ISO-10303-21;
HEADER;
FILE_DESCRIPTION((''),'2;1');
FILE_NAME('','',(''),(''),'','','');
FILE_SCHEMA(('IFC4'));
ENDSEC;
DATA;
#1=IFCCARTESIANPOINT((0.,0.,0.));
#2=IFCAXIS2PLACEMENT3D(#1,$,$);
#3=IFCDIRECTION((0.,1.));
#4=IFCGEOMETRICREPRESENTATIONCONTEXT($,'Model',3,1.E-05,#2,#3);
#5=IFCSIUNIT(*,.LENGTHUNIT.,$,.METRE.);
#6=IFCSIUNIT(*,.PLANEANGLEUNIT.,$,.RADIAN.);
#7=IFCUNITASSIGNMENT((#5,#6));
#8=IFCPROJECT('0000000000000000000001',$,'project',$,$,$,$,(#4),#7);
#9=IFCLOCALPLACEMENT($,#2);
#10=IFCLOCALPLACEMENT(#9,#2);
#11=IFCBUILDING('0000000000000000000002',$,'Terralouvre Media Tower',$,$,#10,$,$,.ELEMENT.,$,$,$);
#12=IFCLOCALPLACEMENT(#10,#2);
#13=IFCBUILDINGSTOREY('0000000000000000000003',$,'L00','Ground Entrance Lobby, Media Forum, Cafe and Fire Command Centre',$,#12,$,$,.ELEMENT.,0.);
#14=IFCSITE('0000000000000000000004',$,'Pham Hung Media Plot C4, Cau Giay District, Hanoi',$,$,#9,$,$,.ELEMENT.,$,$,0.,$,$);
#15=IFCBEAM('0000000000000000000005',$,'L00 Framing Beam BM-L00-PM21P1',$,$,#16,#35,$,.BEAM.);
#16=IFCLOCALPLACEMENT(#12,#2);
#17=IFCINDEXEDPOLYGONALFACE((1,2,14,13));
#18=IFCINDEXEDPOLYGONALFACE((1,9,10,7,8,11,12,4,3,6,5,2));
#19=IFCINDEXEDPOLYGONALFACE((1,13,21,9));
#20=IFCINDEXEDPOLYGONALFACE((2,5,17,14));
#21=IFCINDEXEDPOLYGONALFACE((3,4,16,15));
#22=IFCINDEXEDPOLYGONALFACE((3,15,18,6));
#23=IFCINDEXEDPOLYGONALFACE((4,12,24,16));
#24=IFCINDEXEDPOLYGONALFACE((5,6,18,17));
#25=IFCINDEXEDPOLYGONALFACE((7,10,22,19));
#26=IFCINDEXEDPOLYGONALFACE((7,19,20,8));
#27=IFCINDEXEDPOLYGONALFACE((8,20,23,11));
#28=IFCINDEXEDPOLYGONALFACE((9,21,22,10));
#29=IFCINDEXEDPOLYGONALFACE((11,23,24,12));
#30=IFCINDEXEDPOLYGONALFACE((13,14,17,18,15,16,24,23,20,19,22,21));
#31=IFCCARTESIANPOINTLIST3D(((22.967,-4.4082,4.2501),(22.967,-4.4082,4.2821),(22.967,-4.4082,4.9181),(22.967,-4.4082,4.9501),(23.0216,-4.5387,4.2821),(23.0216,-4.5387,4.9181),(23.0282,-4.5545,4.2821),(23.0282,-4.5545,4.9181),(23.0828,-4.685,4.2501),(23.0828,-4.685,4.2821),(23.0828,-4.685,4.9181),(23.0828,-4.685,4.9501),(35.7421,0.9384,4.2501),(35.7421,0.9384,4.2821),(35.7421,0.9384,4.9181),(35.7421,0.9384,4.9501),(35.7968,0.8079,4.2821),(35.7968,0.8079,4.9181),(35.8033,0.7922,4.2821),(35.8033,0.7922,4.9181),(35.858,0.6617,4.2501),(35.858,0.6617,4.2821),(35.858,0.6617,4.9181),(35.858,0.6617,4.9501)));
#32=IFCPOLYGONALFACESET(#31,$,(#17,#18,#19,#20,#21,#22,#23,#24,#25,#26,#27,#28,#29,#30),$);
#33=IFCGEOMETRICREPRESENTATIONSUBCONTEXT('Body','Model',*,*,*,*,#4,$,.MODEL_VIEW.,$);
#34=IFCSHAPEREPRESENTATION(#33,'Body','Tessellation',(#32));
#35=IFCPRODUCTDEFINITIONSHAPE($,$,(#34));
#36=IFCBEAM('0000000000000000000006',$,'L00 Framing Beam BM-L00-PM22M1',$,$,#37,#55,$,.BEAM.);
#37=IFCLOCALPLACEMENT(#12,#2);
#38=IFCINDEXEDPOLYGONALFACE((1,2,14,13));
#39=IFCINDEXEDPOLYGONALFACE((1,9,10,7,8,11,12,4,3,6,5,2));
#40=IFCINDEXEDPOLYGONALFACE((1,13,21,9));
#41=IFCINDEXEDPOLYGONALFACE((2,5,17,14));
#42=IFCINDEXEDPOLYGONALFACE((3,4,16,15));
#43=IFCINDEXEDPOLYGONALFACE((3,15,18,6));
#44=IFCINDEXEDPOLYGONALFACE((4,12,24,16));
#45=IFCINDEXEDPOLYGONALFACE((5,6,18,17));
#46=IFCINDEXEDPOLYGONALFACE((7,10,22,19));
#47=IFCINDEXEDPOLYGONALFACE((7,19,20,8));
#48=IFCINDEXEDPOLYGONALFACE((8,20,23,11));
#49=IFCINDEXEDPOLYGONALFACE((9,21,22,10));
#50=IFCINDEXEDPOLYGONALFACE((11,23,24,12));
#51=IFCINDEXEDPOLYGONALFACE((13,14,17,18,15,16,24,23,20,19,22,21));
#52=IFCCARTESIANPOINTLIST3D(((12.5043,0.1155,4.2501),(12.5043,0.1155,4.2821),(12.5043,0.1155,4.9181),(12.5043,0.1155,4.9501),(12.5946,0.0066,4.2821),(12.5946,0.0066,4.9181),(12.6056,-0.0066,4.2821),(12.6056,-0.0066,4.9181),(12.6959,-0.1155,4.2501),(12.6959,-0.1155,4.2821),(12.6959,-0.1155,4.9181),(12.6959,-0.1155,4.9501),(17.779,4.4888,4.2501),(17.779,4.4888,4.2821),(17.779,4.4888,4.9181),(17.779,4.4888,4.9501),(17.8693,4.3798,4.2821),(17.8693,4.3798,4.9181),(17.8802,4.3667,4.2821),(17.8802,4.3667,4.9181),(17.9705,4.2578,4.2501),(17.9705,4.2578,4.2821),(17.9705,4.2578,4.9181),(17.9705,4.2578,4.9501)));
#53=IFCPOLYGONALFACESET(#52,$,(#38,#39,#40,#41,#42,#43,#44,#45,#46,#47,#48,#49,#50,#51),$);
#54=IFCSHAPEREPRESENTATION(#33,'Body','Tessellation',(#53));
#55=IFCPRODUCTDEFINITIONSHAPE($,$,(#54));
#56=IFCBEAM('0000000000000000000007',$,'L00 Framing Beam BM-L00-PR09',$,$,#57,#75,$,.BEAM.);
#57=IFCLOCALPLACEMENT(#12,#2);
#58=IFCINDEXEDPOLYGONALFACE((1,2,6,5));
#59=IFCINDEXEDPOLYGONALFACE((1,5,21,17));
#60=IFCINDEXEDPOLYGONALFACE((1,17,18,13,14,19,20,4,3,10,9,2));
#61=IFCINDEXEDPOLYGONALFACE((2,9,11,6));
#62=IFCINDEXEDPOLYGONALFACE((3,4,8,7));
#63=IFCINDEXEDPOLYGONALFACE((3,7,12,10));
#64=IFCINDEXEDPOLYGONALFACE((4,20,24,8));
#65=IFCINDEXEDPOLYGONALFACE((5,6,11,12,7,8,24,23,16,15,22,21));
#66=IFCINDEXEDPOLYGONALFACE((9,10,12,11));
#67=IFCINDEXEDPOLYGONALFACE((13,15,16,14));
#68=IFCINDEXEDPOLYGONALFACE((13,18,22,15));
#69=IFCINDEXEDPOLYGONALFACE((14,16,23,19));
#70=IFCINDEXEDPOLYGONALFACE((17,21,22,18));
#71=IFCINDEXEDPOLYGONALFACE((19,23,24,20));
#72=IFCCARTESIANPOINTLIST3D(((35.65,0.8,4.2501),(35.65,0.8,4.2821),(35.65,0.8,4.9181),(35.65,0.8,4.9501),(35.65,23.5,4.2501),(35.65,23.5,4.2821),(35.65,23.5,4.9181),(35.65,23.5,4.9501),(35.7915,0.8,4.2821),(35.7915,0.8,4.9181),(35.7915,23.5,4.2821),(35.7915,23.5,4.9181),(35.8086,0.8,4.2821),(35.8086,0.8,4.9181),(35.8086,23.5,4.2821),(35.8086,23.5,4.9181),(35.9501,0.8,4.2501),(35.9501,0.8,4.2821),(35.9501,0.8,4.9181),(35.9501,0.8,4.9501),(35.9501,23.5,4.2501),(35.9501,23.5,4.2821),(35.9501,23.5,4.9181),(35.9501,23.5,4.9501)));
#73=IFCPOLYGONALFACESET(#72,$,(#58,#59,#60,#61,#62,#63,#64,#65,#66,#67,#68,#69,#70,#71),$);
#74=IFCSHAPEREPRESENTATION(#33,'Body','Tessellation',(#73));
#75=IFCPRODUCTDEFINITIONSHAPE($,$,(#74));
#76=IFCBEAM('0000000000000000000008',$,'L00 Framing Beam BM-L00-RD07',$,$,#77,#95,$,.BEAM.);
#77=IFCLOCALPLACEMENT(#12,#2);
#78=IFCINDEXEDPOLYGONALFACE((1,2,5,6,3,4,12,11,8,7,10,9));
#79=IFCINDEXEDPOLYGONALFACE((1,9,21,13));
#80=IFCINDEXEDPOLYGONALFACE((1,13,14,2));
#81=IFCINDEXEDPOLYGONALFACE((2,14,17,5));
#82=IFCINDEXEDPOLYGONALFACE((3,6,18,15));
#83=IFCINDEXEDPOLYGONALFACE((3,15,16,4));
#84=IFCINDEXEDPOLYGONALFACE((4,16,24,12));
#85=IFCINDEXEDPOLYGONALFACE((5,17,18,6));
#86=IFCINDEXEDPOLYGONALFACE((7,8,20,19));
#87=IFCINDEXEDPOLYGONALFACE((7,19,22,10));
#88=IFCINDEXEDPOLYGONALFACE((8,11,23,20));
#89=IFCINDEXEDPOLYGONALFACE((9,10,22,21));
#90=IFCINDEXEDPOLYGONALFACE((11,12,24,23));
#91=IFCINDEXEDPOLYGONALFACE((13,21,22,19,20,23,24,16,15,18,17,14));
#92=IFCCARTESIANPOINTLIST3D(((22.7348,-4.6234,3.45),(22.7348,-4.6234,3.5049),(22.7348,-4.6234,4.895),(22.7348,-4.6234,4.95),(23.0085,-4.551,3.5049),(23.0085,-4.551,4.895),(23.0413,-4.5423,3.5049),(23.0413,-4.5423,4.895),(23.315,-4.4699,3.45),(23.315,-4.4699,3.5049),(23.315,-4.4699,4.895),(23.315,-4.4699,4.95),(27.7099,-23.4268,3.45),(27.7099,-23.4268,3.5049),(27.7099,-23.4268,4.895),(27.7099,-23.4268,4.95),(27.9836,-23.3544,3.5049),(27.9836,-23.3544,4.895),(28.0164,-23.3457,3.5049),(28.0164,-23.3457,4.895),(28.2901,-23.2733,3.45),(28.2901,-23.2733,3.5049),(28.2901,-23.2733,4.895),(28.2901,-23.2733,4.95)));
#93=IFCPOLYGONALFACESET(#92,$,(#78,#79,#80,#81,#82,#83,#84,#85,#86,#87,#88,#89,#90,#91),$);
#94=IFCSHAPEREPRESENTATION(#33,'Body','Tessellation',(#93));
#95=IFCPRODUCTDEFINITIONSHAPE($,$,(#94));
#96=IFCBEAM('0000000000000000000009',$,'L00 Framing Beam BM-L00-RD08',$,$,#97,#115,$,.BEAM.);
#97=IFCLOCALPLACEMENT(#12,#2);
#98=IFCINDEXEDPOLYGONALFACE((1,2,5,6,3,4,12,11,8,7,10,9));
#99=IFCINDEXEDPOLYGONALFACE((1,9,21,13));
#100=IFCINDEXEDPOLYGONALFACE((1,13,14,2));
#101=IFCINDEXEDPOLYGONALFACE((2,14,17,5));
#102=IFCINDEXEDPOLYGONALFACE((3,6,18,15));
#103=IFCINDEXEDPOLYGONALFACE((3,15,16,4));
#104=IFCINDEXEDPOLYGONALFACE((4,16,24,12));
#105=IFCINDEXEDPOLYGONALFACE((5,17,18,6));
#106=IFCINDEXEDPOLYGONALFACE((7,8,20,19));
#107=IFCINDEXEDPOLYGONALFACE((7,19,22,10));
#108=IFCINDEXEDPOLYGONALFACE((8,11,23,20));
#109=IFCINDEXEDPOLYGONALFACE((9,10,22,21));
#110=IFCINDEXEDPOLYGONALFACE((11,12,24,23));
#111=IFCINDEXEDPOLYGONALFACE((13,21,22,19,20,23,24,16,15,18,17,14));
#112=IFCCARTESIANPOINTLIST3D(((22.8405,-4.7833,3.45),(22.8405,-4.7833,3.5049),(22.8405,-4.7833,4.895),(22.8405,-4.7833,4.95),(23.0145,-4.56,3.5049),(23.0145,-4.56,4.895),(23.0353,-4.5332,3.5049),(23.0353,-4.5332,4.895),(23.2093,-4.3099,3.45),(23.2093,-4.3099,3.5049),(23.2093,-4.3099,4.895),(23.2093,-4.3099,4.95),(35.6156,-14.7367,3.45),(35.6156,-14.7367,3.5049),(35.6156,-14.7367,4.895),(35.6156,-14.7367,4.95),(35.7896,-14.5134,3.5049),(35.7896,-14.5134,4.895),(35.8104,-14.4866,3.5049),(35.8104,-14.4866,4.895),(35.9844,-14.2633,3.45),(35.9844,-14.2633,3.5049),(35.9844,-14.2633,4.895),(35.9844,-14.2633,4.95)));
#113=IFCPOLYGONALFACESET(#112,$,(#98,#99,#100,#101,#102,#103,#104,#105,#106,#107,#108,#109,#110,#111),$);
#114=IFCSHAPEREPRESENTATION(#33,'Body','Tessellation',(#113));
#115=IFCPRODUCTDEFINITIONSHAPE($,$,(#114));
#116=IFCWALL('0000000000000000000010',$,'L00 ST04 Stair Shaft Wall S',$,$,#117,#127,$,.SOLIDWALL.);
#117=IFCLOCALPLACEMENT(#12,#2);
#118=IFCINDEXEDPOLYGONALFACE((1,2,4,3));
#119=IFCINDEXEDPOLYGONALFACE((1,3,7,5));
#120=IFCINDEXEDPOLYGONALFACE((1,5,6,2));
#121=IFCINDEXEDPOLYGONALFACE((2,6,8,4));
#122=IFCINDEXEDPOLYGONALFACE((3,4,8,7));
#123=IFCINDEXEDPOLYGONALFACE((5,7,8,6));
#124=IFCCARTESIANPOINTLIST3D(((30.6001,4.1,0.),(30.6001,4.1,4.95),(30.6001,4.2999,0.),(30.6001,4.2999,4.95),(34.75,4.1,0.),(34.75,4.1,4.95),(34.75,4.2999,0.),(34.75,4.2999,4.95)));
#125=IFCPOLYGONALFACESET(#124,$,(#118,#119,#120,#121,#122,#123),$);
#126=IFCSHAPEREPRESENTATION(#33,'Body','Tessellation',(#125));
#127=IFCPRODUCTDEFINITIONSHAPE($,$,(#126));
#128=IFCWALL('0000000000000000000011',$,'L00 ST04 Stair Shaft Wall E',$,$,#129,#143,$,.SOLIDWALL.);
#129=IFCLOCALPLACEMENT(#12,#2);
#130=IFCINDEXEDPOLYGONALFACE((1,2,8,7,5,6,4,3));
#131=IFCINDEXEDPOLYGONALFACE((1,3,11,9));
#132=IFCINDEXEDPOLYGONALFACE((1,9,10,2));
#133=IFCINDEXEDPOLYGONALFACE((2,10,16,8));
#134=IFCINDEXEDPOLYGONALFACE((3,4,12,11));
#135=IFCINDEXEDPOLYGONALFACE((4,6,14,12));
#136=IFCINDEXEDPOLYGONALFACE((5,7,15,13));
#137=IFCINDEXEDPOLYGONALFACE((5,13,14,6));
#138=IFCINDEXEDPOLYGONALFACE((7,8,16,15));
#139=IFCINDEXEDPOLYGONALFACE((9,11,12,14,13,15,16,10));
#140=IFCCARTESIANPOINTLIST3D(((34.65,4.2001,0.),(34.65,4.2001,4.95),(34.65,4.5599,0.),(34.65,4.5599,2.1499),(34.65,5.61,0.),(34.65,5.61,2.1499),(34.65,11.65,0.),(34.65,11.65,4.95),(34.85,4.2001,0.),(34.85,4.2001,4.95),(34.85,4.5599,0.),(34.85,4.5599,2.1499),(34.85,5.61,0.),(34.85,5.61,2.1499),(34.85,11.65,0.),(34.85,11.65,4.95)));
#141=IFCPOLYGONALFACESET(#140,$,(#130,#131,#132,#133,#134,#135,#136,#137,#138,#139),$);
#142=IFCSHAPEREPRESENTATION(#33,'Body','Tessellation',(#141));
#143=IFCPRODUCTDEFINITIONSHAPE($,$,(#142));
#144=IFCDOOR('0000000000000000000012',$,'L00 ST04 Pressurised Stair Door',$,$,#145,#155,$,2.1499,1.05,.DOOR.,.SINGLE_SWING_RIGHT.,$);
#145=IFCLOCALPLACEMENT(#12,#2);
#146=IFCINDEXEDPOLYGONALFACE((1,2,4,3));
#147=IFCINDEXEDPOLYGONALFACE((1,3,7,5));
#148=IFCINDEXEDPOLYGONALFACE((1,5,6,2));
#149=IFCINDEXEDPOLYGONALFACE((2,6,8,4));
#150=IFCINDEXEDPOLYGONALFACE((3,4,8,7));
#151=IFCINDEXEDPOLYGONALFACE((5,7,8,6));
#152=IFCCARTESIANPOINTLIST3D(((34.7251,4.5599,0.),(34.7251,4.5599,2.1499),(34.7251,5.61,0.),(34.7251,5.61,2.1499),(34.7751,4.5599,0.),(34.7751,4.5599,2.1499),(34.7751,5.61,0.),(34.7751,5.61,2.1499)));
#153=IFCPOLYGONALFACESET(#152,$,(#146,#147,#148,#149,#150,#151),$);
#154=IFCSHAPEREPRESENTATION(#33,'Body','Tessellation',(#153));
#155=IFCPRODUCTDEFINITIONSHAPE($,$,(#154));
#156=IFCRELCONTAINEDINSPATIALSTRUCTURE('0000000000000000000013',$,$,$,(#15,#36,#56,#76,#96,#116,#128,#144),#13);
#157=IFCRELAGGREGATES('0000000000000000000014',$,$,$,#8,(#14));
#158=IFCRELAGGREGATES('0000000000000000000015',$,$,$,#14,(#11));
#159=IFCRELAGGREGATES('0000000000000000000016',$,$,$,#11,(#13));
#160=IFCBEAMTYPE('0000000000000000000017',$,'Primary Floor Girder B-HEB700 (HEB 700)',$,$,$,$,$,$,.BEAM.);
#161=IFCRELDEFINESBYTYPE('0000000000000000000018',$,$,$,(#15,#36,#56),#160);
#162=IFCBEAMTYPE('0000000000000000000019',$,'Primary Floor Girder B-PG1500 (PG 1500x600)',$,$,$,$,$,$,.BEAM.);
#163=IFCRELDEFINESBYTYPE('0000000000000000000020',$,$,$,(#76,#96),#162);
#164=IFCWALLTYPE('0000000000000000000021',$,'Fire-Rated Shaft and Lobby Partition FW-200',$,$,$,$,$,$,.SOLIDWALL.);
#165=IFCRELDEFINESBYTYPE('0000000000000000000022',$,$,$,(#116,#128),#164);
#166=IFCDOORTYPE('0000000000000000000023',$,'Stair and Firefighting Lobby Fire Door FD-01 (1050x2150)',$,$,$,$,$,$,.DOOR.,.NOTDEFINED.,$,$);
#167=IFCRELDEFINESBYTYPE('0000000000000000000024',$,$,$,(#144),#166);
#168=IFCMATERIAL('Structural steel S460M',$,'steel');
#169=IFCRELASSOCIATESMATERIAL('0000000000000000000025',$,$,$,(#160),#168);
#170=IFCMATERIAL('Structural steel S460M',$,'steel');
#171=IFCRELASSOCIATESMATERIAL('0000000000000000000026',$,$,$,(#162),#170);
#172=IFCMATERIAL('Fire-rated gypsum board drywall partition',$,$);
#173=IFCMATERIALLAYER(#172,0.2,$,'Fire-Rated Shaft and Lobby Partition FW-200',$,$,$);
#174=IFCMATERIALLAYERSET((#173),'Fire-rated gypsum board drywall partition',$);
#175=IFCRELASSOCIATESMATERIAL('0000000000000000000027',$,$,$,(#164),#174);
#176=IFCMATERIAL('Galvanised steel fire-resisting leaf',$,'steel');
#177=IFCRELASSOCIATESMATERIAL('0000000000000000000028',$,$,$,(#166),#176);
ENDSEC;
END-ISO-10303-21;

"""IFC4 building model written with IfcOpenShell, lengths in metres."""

from ifc_helpers import new_model, si_unit, direction, frame, frame_2d, origin, origin_2d, place, context, subcontext, project, spatial, rectangle, i_section, extrude, material, layer, layer_set, material_profile, profile_set, type_object, element, fill, save


model = new_model("IFC4")

# Units and contexts
model_context = context("Model", 3, precision=1e-05, world=origin(), true_north=direction((0.0, 1.0)))
body_context = subcontext(model_context, "Body", "Model", "MODEL_VIEW")
ifc_project = project(units=[si_unit("LENGTHUNIT", "METRE"), si_unit("PLANEANGLEUNIT", "RADIAN")], contexts=[model_context])

# Site, building, storey
site_placement = place(None, origin())
site = spatial("IfcSite", under=ifc_project, at=site_placement, Name="Pham Hung Media Plot C4, Cau Giay District, Hanoi", CompositionType="ELEMENT", RefElevation=0.0)
building_placement = place(site_placement, origin())
building = spatial("IfcBuilding", under=site, at=building_placement, Name="Terralouvre Media Tower", CompositionType="ELEMENT")
storey_placement = place(building_placement, origin())
storey = spatial("IfcBuildingStorey", under=building, at=storey_placement, Name="L00", Description="Ground Entrance Lobby, Media Forum, Cafe and Fire Command Centre", CompositionType="ELEMENT", Elevation=0.0)

# Beams
ifc_material_1 = material(Name="Structural steel S460M", Category="steel")
ifc_material_profile_1 = material_profile(ifc_material_1, i_section(OverallWidth=0.3, OverallDepth=0.7, WebThickness=0.0171, FlangeThickness=0.032, at=origin_2d()), Name="HEB 700")
ifc_profile_set_1 = profile_set([ifc_material_profile_1], Name="Structural steel S460M")
beam_type_1 = type_object("IfcBeamType", Name="Primary Floor Girder B-HEB700 (HEB 700)", PredefinedType="BEAM", material=ifc_profile_set_1)
beam_1_placement = place(storey_placement, frame((23.0249, -4.5466, 4.6001), z_axis=(0.922468, 0.386073, 0.0), x_axis=(-0.386073, 0.922468, 0.0)))
element("IfcBeam", 1, at=beam_1_placement, inside=storey, type_object=beam_type_1, Name="L00 Framing Beam BM-L00-PM21P1", PredefinedType="BEAM", context=body_context, shape_type="SweptSolid", body=[
    extrude(i_section(OverallWidth=0.3, OverallDepth=0.7, WebThickness=0.0171, FlangeThickness=0.032, at=origin_2d()), origin(), (0.0, 0.0, 1.0), 13.8489),
])
beam_2_placement = place(storey_placement, frame((12.6001, 0.0, 4.6001), z_axis=(0.769816, 0.638265, 0.0), x_axis=(-0.638265, 0.769816, 0.0)))
element("IfcBeam", 2, at=beam_2_placement, inside=storey, type_object=beam_type_1, Name="L00 Framing Beam BM-L00-PM22M1", PredefinedType="BEAM", context=body_context, shape_type="SweptSolid", body=[
    extrude(i_section(OverallWidth=0.3, OverallDepth=0.7, WebThickness=0.0171, FlangeThickness=0.032, at=origin_2d()), origin(), (0.0, 0.0, 1.0), 6.8518),
])
beam_3_placement = place(storey_placement, frame((35.8, 0.8, 4.6001), z_axis=(0.0, 1.0, 0.0), x_axis=(-1.0, 0.0, 0.0)))
element("IfcBeam", 3, at=beam_3_placement, inside=storey, type_object=beam_type_1, Name="L00 Framing Beam BM-L00-PR09", PredefinedType="BEAM", context=body_context, shape_type="SweptSolid", body=[
    extrude(i_section(OverallWidth=0.3, OverallDepth=0.7, WebThickness=0.0171, FlangeThickness=0.032, at=origin_2d()), origin(), (0.0, 0.0, 1.0), 22.7),
])
ifc_material_2 = material(Name="Structural steel S460M", Category="steel")
ifc_material_profile_2 = material_profile(ifc_material_2, i_section(OverallWidth=0.6001, OverallDepth=1.5, WebThickness=0.0339, FlangeThickness=0.0549, at=origin_2d()), Name="PG 1500x600")
ifc_profile_set_2 = profile_set([ifc_material_profile_2], Name="Structural steel S460M")
beam_type_2 = type_object("IfcBeamType", Name="Primary Floor Girder B-PG1500 (PG 1500x600)", PredefinedType="BEAM", material=ifc_profile_set_2)
beam_4_placement = place(storey_placement, frame((23.0249, -4.5466, 4.2), z_axis=(0.255783, -0.966734, 0.0), x_axis=(0.966734, 0.255783, 0.0)))
element("IfcBeam", 4, at=beam_4_placement, inside=storey, type_object=beam_type_2, Name="L00 Framing Beam BM-L00-RD07", PredefinedType="BEAM", context=body_context, shape_type="SweptSolid", body=[
    extrude(i_section(OverallWidth=0.6001, OverallDepth=1.5, WebThickness=0.0339, FlangeThickness=0.0549, at=origin_2d()), origin(), (0.0, 0.0, 1.0), 19.4504),
])
beam_5_placement = place(storey_placement, frame((23.0249, -4.5466, 4.2), z_axis=(0.788839, -0.6146, 0.0), x_axis=(0.6146, 0.788839, 0.0)))
element("IfcBeam", 5, at=beam_5_placement, inside=storey, type_object=beam_type_2, Name="L00 Framing Beam BM-L00-RD08", PredefinedType="BEAM", context=body_context, shape_type="SweptSolid", body=[
    extrude(i_section(OverallWidth=0.6001, OverallDepth=1.5, WebThickness=0.0339, FlangeThickness=0.0549, at=origin_2d()), origin(), (0.0, 0.0, 1.0), 16.1948),
])

# Wall
ifc_material_3 = material(Name="Fire-rated gypsum board drywall partition")
ifc_layer_1 = layer(ifc_material_3, 0.2, Name="Fire-Rated Shaft and Lobby Partition FW-200")
ifc_layer_set_1 = layer_set([ifc_layer_1], Name="Fire-rated gypsum board drywall partition")
wall_type_1 = type_object("IfcWallType", Name="Fire-Rated Shaft and Lobby Partition FW-200", PredefinedType="SOLIDWALL", material=ifc_layer_set_1)
wall_1_placement = place(storey_placement, frame((30.6001, 4.2, 0.0), z_axis=(0.0, 0.0, 1.0), x_axis=(1.0, 0.0, 0.0)))
element("IfcWall", 6, at=wall_1_placement, inside=storey, type_object=wall_type_1, Name="L00 ST04 Stair Shaft Wall S", PredefinedType="SOLIDWALL", context=body_context, shape_type="SweptSolid", body=[
    extrude(rectangle(XDim=4.1499, YDim=0.2, at=frame_2d((2.075, 0.0))), origin(), (0.0, 0.0, 1.0), 4.95),
])

# Wall, opening, door
wall_2_placement = place(storey_placement, frame((34.75, 4.2, 0.0), z_axis=(0.0, 0.0, 1.0), x_axis=(0.0, 1.0, 0.0)))
wall_2 = element("IfcWall", 7, at=wall_2_placement, inside=storey, type_object=wall_type_1, Name="L00 ST04 Stair Shaft Wall E", PredefinedType="SOLIDWALL", context=body_context, shape_type="SweptSolid", body=[
    extrude(rectangle(XDim=7.45, YDim=0.2, at=frame_2d((3.7251, 0.0))), origin(), (0.0, 0.0, 1.0), 4.95),
])
opening_1_placement = place(wall_2_placement, frame((0.3601, 0.0, 0.0)))
opening_1 = element("IfcOpeningElement", 8, at=opening_1_placement, cuts=wall_2, PredefinedType="OPENING", context=body_context, shape_type="SweptSolid", body=[
    extrude(rectangle(XDim=1.05, YDim=2.1499, at=frame_2d((0.5249, 1.075))), frame((0.0, 0.1099, 0.0), z_axis=(0.0, -1.0, 0.0), x_axis=(1.0, 0.0, 0.0)), (0.0, 0.0, 1.0), 0.22),
])
ifc_material_4 = material(Name="Galvanised steel fire-resisting leaf", Category="steel")
door_type_1 = type_object("IfcDoorType", Name="Stair and Firefighting Lobby Fire Door FD-01 (1050x2150)", OperationType="NOTDEFINED", PredefinedType="DOOR", material=ifc_material_4)
door_1_placement = place(opening_1_placement, origin())
door_1 = element("IfcDoor", 9, at=door_1_placement, inside=storey, type_object=door_type_1, Name="L00 ST04 Pressurised Stair Door", OperationType="SINGLE_SWING_RIGHT", OverallHeight=2.1499, OverallWidth=1.05, PredefinedType="DOOR", context=body_context, shape_type="SweptSolid", body=[
    extrude(rectangle(XDim=1.05, YDim=2.1499, at=frame_2d((0.5249, 1.075))), frame((0.0, 0.0249, 0.0), z_axis=(0.0, -1.0, 0.0), x_axis=(1.0, 0.0, 0.0)), (0.0, 0.0, 1.0), 0.05),
])
fill(opening_1, door_1)

save(model, "model.ifc")
